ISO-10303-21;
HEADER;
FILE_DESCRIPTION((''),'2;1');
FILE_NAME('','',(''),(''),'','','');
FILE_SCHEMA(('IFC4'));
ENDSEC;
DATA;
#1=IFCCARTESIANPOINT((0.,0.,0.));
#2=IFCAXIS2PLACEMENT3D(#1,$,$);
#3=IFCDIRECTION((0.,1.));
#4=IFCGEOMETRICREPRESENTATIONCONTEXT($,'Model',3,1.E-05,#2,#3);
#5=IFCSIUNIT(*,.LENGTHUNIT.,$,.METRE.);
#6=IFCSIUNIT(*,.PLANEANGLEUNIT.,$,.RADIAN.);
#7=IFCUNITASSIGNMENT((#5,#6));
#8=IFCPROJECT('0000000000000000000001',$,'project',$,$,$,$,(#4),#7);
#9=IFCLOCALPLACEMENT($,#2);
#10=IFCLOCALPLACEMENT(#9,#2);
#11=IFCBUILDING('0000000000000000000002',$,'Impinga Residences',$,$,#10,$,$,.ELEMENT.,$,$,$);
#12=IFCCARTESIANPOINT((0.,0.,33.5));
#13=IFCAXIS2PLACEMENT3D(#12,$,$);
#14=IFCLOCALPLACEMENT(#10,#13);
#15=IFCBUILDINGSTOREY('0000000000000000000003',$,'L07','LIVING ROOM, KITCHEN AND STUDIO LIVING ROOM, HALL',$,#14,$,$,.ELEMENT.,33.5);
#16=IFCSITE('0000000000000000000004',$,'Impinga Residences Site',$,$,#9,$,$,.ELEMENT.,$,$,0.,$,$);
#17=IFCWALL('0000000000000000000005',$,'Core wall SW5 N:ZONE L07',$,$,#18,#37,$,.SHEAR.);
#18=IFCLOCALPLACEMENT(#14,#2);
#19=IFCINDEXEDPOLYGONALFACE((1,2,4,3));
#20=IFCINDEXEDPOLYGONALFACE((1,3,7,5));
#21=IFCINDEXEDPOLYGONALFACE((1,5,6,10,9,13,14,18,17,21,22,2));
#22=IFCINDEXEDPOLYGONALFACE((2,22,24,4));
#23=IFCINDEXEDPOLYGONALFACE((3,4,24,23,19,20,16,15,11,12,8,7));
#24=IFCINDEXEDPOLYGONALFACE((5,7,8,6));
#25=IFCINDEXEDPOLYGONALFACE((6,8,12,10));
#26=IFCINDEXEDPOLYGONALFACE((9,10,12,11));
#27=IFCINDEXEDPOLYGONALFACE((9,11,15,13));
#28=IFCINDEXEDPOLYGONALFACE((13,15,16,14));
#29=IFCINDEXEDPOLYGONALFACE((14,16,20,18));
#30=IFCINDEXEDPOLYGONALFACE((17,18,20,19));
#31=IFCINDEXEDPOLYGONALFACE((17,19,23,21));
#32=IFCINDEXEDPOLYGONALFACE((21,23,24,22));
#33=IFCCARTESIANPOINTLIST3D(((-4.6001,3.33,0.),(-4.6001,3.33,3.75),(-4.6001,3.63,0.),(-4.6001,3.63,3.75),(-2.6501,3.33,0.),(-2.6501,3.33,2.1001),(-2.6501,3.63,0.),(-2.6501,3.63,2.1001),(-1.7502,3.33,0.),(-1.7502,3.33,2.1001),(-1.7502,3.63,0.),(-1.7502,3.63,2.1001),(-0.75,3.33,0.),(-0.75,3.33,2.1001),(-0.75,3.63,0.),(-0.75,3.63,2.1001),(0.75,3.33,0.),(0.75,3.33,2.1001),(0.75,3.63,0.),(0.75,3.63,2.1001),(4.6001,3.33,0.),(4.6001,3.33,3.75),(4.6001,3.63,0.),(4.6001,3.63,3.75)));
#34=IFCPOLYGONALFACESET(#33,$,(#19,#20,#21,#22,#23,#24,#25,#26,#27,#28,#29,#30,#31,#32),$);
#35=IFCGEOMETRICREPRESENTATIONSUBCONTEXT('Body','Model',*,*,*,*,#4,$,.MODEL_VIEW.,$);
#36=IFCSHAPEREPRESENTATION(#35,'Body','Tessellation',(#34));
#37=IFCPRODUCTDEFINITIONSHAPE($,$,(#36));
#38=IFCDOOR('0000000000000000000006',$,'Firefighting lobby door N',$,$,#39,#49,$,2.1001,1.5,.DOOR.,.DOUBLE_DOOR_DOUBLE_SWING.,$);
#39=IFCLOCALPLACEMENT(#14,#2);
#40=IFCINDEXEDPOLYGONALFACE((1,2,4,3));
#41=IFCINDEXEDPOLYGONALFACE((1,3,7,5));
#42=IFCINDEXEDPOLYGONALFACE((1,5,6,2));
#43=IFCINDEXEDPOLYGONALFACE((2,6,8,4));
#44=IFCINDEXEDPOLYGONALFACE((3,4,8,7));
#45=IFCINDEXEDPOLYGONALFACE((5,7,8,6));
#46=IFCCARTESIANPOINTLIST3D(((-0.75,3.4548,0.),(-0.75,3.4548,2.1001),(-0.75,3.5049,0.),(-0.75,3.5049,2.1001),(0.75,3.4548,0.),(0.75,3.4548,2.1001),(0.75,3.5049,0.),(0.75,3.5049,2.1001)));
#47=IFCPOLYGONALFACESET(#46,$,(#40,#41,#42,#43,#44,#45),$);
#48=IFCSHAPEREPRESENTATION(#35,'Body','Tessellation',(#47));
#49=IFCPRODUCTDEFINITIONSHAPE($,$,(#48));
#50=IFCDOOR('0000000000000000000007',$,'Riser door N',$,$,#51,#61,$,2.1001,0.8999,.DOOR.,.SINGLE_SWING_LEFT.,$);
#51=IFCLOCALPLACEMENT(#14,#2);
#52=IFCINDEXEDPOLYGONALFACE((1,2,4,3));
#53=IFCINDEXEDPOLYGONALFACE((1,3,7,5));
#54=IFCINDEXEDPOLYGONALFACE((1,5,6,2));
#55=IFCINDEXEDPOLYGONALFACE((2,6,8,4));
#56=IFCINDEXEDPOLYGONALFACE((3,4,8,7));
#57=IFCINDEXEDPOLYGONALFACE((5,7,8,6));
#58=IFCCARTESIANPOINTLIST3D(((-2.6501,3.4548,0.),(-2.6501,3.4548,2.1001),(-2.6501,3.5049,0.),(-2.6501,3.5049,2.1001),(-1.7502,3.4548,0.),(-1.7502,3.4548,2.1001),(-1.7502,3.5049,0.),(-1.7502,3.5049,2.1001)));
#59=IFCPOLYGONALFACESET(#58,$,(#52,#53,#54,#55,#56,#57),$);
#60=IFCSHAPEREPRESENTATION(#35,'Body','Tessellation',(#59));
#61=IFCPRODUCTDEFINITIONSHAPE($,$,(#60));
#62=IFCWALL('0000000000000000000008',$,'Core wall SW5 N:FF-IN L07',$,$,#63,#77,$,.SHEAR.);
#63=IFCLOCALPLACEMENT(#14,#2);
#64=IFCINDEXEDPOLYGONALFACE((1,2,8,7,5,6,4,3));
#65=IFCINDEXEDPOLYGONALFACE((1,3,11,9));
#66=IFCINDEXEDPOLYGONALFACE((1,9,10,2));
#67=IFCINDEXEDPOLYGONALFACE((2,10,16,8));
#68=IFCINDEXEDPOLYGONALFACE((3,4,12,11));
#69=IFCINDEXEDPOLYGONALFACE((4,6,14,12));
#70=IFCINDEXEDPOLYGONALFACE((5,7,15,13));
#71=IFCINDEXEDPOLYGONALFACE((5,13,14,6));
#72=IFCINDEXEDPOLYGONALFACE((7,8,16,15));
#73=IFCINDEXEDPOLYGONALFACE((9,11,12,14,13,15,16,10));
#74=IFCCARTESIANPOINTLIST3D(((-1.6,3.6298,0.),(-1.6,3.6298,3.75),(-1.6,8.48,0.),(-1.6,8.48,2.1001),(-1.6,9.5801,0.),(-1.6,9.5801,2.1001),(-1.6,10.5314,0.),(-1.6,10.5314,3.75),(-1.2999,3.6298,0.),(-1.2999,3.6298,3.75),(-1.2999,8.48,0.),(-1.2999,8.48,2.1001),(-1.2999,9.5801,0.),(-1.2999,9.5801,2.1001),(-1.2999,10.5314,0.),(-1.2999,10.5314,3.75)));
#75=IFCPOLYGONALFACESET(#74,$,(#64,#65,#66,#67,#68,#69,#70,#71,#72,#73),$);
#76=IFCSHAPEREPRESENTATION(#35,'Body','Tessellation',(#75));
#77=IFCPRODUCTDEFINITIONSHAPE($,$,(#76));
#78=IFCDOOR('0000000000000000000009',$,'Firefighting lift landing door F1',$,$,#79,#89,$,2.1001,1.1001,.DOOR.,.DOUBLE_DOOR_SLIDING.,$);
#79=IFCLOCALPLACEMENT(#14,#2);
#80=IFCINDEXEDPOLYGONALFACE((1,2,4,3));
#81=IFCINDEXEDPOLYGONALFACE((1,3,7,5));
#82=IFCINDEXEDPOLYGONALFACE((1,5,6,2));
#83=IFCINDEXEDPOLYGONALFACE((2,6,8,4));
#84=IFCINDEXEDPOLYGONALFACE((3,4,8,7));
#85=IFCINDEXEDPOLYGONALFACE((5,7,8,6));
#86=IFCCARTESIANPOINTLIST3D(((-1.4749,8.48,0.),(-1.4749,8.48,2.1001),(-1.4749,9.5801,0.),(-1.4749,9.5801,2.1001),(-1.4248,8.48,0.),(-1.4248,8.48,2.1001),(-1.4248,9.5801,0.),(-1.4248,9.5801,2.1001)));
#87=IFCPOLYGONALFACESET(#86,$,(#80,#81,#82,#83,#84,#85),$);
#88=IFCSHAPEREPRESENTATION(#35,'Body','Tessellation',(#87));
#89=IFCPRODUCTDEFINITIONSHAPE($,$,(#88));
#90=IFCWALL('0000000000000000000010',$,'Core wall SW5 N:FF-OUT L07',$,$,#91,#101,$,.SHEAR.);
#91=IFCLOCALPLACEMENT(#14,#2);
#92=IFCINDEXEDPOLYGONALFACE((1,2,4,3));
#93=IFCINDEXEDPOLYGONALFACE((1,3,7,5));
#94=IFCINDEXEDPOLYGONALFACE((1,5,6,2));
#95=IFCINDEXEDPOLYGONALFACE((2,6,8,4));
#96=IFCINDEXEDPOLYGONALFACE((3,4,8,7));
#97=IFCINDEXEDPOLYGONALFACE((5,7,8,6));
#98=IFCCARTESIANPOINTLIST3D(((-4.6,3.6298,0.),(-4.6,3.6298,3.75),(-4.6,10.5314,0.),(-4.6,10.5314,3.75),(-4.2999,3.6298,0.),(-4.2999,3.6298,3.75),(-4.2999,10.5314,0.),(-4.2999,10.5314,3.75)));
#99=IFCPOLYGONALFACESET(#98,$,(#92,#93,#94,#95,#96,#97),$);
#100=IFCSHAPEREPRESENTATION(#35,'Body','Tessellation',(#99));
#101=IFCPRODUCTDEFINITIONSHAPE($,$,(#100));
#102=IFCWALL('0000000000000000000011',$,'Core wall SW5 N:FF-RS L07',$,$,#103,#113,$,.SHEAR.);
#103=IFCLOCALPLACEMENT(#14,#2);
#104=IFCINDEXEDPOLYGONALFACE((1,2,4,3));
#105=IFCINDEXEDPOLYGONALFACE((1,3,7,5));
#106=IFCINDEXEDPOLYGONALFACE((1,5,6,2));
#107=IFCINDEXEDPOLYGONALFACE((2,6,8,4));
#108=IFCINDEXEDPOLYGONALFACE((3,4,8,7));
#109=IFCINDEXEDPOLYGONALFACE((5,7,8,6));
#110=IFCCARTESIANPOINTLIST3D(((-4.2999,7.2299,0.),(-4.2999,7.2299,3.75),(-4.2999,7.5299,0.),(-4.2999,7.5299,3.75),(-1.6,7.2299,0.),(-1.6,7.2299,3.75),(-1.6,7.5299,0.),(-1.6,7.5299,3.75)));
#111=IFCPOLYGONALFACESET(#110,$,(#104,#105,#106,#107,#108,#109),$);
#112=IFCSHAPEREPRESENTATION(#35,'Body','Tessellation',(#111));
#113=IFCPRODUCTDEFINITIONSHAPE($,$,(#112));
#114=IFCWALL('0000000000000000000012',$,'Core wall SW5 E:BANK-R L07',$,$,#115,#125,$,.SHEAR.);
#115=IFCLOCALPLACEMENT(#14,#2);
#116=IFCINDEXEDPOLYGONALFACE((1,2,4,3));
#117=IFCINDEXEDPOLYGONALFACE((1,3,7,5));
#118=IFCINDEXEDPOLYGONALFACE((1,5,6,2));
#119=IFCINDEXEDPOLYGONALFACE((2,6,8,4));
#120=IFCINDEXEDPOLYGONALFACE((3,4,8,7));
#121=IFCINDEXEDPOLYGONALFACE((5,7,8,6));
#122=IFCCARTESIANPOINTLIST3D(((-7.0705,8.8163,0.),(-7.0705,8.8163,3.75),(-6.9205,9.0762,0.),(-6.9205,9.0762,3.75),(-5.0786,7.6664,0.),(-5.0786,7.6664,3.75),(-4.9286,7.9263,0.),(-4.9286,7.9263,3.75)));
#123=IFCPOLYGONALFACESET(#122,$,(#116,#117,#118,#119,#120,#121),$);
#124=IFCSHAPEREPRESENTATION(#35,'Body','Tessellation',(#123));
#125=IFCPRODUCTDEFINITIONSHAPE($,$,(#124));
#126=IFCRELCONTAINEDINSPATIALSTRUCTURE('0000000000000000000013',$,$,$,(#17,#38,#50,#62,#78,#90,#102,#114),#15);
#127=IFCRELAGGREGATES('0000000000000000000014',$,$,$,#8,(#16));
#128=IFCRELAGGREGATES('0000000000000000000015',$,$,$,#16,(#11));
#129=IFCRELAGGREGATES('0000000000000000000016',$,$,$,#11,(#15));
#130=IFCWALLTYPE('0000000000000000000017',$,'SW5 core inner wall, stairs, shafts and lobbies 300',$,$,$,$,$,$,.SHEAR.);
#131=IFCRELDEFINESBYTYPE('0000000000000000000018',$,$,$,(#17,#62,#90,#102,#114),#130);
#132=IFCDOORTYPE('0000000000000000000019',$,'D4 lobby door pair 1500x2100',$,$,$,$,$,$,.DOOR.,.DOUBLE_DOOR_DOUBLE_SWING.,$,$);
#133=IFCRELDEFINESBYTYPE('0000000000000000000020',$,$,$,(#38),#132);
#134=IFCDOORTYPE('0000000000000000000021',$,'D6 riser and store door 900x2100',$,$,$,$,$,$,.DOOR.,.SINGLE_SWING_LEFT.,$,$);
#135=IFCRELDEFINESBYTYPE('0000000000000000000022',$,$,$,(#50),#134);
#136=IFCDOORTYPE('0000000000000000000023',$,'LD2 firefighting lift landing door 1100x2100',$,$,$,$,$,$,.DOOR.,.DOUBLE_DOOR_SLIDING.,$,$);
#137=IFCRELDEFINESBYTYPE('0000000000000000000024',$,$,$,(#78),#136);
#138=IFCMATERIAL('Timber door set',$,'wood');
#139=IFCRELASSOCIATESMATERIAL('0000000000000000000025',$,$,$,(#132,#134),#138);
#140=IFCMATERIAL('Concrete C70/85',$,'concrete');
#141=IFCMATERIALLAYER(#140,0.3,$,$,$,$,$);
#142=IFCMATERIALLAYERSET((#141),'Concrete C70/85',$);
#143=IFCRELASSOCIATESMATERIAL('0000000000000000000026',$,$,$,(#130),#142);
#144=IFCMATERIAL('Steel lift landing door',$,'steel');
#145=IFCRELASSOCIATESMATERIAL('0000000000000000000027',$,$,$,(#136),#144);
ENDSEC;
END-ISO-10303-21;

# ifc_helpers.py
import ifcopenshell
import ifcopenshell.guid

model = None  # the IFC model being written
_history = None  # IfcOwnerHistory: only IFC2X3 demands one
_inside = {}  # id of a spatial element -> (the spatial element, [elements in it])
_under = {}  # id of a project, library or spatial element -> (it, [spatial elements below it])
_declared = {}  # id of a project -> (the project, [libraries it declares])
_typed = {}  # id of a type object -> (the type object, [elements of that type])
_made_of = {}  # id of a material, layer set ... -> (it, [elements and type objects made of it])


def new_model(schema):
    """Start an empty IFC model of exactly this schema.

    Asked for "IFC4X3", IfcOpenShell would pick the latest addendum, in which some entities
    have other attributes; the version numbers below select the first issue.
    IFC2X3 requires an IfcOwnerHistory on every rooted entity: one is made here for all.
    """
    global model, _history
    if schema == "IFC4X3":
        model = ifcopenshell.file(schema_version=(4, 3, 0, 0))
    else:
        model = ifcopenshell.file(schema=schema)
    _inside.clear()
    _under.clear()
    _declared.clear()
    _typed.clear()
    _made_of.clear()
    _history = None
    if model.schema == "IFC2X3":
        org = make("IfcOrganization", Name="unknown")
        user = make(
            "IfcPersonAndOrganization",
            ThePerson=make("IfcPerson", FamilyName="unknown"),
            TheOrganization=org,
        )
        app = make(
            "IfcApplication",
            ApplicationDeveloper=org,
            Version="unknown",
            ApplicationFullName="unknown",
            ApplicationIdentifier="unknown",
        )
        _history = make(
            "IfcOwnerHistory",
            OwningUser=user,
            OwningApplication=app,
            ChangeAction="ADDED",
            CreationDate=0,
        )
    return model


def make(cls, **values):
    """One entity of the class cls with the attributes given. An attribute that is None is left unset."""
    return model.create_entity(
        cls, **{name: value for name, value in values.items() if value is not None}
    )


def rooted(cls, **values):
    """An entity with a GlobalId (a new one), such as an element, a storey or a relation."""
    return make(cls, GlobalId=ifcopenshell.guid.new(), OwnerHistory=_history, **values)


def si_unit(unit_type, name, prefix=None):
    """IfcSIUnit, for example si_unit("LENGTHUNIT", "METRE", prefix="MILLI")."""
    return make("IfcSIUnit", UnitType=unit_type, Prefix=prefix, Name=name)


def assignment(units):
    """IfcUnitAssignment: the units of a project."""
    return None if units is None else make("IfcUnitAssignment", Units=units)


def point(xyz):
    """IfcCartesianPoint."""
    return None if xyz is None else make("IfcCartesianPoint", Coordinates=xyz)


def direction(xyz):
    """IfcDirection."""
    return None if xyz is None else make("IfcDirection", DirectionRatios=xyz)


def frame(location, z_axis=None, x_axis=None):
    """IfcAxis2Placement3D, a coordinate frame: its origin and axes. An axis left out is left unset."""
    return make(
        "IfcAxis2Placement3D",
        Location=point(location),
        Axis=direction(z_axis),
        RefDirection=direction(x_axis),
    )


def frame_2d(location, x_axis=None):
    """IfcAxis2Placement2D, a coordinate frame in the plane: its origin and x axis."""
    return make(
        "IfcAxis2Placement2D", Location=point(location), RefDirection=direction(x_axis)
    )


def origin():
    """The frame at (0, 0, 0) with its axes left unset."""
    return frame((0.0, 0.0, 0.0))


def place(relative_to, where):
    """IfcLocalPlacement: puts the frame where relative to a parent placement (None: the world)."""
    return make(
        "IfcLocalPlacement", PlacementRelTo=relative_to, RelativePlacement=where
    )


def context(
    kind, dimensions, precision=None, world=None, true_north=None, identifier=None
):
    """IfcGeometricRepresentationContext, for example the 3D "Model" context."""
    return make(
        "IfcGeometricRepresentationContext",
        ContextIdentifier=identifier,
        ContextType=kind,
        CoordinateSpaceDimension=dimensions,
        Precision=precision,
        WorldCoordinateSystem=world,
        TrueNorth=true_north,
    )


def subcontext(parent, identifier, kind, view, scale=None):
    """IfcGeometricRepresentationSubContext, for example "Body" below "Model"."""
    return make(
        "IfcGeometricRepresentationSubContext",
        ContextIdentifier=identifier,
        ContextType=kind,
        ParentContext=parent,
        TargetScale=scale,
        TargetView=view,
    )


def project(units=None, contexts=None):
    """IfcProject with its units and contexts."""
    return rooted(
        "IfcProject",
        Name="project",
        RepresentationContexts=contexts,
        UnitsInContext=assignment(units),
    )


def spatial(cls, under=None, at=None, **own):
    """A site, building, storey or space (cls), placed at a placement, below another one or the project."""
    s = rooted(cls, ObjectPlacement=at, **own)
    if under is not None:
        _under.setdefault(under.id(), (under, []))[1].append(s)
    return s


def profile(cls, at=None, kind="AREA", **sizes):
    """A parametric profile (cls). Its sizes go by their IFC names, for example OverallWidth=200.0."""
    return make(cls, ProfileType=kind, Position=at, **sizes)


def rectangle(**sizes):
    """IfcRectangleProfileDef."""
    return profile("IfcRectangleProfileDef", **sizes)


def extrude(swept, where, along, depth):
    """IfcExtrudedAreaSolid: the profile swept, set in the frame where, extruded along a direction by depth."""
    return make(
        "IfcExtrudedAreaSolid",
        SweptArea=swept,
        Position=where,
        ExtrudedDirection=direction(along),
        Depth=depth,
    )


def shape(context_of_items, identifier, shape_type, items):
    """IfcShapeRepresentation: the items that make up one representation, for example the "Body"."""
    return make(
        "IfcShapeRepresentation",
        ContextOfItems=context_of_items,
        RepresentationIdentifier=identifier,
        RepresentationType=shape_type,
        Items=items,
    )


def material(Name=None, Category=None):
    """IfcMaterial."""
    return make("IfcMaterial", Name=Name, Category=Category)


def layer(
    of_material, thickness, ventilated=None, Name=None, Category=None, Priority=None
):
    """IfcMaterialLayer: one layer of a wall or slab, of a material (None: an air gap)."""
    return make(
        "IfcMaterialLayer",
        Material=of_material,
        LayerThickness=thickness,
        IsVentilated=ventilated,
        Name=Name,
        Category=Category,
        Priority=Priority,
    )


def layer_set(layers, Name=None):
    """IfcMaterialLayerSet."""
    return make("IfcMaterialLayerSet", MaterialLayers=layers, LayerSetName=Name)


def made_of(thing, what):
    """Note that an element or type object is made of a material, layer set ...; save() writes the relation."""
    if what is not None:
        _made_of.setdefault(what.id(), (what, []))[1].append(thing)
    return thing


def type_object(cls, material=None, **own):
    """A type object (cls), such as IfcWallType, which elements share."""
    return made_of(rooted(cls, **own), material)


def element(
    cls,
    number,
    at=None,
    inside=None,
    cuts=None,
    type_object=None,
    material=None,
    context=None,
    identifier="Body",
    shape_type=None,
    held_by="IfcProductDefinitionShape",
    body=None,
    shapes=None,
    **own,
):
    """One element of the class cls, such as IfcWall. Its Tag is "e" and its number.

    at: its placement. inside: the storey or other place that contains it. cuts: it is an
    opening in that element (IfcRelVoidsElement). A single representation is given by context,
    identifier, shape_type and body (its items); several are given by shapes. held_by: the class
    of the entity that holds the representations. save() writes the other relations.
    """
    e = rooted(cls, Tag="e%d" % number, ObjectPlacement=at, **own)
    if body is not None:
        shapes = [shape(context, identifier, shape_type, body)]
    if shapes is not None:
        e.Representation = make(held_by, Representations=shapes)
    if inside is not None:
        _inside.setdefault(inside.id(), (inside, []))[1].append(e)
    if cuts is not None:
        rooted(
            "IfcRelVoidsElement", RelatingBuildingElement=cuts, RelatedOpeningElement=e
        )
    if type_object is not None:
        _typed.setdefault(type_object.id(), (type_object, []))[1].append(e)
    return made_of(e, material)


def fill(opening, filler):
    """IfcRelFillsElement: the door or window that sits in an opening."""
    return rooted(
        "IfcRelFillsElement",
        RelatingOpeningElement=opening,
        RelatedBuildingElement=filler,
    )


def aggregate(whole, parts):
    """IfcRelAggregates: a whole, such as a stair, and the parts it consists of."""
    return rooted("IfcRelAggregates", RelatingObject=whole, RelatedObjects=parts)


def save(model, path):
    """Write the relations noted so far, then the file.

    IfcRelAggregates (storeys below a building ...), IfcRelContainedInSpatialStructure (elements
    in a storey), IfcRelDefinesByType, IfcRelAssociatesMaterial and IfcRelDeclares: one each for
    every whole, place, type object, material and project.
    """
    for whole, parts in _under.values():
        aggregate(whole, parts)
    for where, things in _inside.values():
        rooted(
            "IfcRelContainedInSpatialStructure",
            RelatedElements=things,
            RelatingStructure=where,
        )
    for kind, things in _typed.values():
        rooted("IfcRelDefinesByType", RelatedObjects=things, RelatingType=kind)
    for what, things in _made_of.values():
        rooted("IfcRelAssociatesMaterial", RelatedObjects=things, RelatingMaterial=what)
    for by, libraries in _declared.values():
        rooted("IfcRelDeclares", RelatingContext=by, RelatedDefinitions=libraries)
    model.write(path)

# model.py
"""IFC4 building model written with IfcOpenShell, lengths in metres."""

from ifc_helpers import new_model, si_unit, direction, frame, frame_2d, origin, place, context, subcontext, project, spatial, rectangle, extrude, material, layer, layer_set, type_object, element, fill, save


model = new_model("IFC4")

# Units and contexts
model_context = context("Model", 3, precision=1e-05, world=origin(), true_north=direction((0.0, 1.0)))
body_context = subcontext(model_context, "Body", "Model", "MODEL_VIEW")
ifc_project = project(units=[si_unit("LENGTHUNIT", "METRE"), si_unit("PLANEANGLEUNIT", "RADIAN")], contexts=[model_context])

# Site, building, storey
site_placement = place(None, origin())
site = spatial("IfcSite", under=ifc_project, at=site_placement, Name="Impinga Residences Site", CompositionType="ELEMENT", RefElevation=0.0)
building_placement = place(site_placement, origin())
building = spatial("IfcBuilding", under=site, at=building_placement, Name="Impinga Residences", CompositionType="ELEMENT")
storey_placement = place(building_placement, frame((0.0, 0.0, 33.5)))
storey = spatial("IfcBuildingStorey", under=building, at=storey_placement, Name="L07", Description="LIVING ROOM, KITCHEN AND STUDIO LIVING ROOM, HALL", CompositionType="ELEMENT", Elevation=33.5)

# Shared definitions
ifc_material_1 = material(Name="Concrete C70/85", Category="concrete")
ifc_material_2 = material(Name="Timber door set", Category="wood")

# Shared definitions
door_type_1 = type_object("IfcDoorType", Name="D4 lobby door pair 1500x2100", OperationType="DOUBLE_DOOR_DOUBLE_SWING", PredefinedType="DOOR", material=ifc_material_2)

# Wall, openings, doors
ifc_layer_1 = layer(ifc_material_1, 0.3)
ifc_layer_set_1 = layer_set([ifc_layer_1], Name="Concrete C70/85")
wall_type_1 = type_object("IfcWallType", Name="SW5 core inner wall, stairs, shafts and lobbies 300", PredefinedType="SHEAR", material=ifc_layer_set_1)
wall_1_placement = place(storey_placement, frame((-4.6001, 3.48, 0.0), z_axis=(0.0, 0.0, 1.0), x_axis=(1.0, 0.0, 0.0)))
wall_1 = element("IfcWall", 1, at=wall_1_placement, inside=storey, type_object=wall_type_1, Name="Core wall SW5 N:ZONE L07", PredefinedType="SHEAR", context=body_context, shape_type="SweptSolid", body=[
    extrude(rectangle(XDim=9.2002, YDim=0.3, at=frame_2d((4.6001, 0.0))), origin(), (0.0, 0.0, 1.0), 3.75),
])
opening_1_placement = place(wall_1_placement, frame((3.8501, 0.0, 0.0)))
opening_1 = element("IfcOpeningElement", 2, at=opening_1_placement, cuts=wall_1, PredefinedType="OPENING", context=body_context, shape_type="SweptSolid", body=[
    extrude(rectangle(XDim=1.5, YDim=2.1001, at=frame_2d((0.75, 1.05))), frame((0.0, 0.1599, 0.0), z_axis=(0.0, -1.0, 0.0), x_axis=(1.0, 0.0, 0.0)), (0.0, 0.0, 1.0), 0.3201),
])
opening_2_placement = place(wall_1_placement, frame((1.95, 0.0, 0.0)))
opening_2 = element("IfcOpeningElement", 3, at=opening_2_placement, cuts=wall_1, PredefinedType="OPENING", context=body_context, shape_type="SweptSolid", body=[
    extrude(rectangle(XDim=0.8999, YDim=2.1001, at=frame_2d((0.45, 1.05))), frame((0.0, 0.1599, 0.0), z_axis=(0.0, -1.0, 0.0), x_axis=(1.0, 0.0, 0.0)), (0.0, 0.0, 1.0), 0.3201),
])
door_1_placement = place(opening_1_placement, origin())
door_1 = element("IfcDoor", 4, at=door_1_placement, inside=storey, type_object=door_type_1, Name="Firefighting lobby door N", OperationType="DOUBLE_DOOR_DOUBLE_SWING", OverallHeight=2.1001, OverallWidth=1.5, PredefinedType="DOOR", context=body_context, shape_type="SweptSolid", body=[
    extrude(rectangle(XDim=1.5, YDim=2.1001, at=frame_2d((0.75, 1.05))), frame((0.0, 0.0249, 0.0), z_axis=(0.0, -1.0, 0.0), x_axis=(1.0, 0.0, 0.0)), (0.0, 0.0, 1.0), 0.05),
])
fill(opening_1, door_1)
door_type_2 = type_object("IfcDoorType", Name="D6 riser and store door 900x2100", OperationType="SINGLE_SWING_LEFT", PredefinedType="DOOR", material=ifc_material_2)
door_2_placement = place(opening_2_placement, origin())
door_2 = element("IfcDoor", 5, at=door_2_placement, inside=storey, type_object=door_type_2, Name="Riser door N", OperationType="SINGLE_SWING_LEFT", OverallHeight=2.1001, OverallWidth=0.8999, PredefinedType="DOOR", context=body_context, shape_type="SweptSolid", body=[
    extrude(rectangle(XDim=0.8999, YDim=2.1001, at=frame_2d((0.45, 1.05))), frame((0.0, 0.0249, 0.0), z_axis=(0.0, -1.0, 0.0), x_axis=(1.0, 0.0, 0.0)), (0.0, 0.0, 1.0), 0.05),
])
fill(opening_2, door_2)

# Wall, opening, door
wall_2_placement = place(storey_placement, frame((-1.45, 3.6299, 0.0), z_axis=(0.0, 0.0, 1.0), x_axis=(0.0, 1.0, 0.0)))
wall_2 = element("IfcWall", 6, at=wall_2_placement, inside=storey, type_object=wall_type_1, Name="Core wall SW5 N:FF-IN L07", PredefinedType="SHEAR", context=body_context, shape_type="SweptSolid", body=[
    extrude(rectangle(XDim=6.9016, YDim=0.3, at=frame_2d((3.4507, 0.0))), origin(), (0.0, 0.0, 1.0), 3.75),
])
opening_3_placement = place(wall_2_placement, frame((4.8501, 0.0, 0.0)))
opening_3 = element("IfcOpeningElement", 7, at=opening_3_placement, cuts=wall_2, PredefinedType="OPENING", context=body_context, shape_type="SweptSolid", body=[
    extrude(rectangle(XDim=1.1001, YDim=2.1001, at=frame_2d((0.55, 1.05))), frame((0.0, 0.1599, 0.0), z_axis=(0.0, -1.0, 0.0), x_axis=(1.0, 0.0, 0.0)), (0.0, 0.0, 1.0), 0.3201),
])
ifc_material_3 = material(Name="Steel lift landing door", Category="steel")
door_type_3 = type_object("IfcDoorType", Name="LD2 firefighting lift landing door 1100x2100", OperationType="DOUBLE_DOOR_SLIDING", PredefinedType="DOOR", material=ifc_material_3)
door_3_placement = place(opening_3_placement, origin())
door_3 = element("IfcDoor", 8, at=door_3_placement, inside=storey, type_object=door_type_3, Name="Firefighting lift landing door F1", OperationType="DOUBLE_DOOR_SLIDING", OverallHeight=2.1001, OverallWidth=1.1001, PredefinedType="DOOR", context=body_context, shape_type="SweptSolid", body=[
    extrude(rectangle(XDim=1.1001, YDim=2.1001, at=frame_2d((0.55, 1.05))), frame((0.0, 0.0249, 0.0), z_axis=(0.0, -1.0, 0.0), x_axis=(1.0, 0.0, 0.0)), (0.0, 0.0, 1.0), 0.05),
])
fill(opening_3, door_3)

# Walls
wall_3_placement = place(storey_placement, frame((-4.45, 3.6299, 0.0), z_axis=(0.0, 0.0, 1.0), x_axis=(0.0, 1.0, 0.0)))
element("IfcWall", 9, at=wall_3_placement, inside=storey, type_object=wall_type_1, Name="Core wall SW5 N:FF-OUT L07", PredefinedType="SHEAR", context=body_context, shape_type="SweptSolid", body=[
    extrude(rectangle(XDim=6.9016, YDim=0.3, at=frame_2d((3.4507, 0.0))), origin(), (0.0, 0.0, 1.0), 3.75),
])
wall_4_placement = place(storey_placement, frame((-4.3, 7.3799, 0.0), z_axis=(0.0, 0.0, 1.0), x_axis=(1.0, 0.0, 0.0)))
element("IfcWall", 10, at=wall_4_placement, inside=storey, type_object=wall_type_1, Name="Core wall SW5 N:FF-RS L07", PredefinedType="SHEAR", context=body_context, shape_type="SweptSolid", body=[
    extrude(rectangle(XDim=2.7, YDim=0.3, at=frame_2d((1.3501, 0.0))), origin(), (0.0, 0.0, 1.0), 3.75),
])
wall_5_placement = place(storey_placement, frame((-5.0037, 7.7964, 0.0), z_axis=(0.0, 0.0, 1.0), x_axis=(-0.866053, 0.499952, 0.0)))
element("IfcWall", 11, at=wall_5_placement, inside=storey, type_object=wall_type_1, Name="Core wall SW5 E:BANK-R L07", PredefinedType="SHEAR", context=body_context, shape_type="SweptSolid", body=[
    extrude(rectangle(XDim=2.3, YDim=0.3, at=frame_2d((1.1499, 0.0))), origin(), (0.0, 0.0, 1.0), 3.75),
])

save(model, "model.ifc")
